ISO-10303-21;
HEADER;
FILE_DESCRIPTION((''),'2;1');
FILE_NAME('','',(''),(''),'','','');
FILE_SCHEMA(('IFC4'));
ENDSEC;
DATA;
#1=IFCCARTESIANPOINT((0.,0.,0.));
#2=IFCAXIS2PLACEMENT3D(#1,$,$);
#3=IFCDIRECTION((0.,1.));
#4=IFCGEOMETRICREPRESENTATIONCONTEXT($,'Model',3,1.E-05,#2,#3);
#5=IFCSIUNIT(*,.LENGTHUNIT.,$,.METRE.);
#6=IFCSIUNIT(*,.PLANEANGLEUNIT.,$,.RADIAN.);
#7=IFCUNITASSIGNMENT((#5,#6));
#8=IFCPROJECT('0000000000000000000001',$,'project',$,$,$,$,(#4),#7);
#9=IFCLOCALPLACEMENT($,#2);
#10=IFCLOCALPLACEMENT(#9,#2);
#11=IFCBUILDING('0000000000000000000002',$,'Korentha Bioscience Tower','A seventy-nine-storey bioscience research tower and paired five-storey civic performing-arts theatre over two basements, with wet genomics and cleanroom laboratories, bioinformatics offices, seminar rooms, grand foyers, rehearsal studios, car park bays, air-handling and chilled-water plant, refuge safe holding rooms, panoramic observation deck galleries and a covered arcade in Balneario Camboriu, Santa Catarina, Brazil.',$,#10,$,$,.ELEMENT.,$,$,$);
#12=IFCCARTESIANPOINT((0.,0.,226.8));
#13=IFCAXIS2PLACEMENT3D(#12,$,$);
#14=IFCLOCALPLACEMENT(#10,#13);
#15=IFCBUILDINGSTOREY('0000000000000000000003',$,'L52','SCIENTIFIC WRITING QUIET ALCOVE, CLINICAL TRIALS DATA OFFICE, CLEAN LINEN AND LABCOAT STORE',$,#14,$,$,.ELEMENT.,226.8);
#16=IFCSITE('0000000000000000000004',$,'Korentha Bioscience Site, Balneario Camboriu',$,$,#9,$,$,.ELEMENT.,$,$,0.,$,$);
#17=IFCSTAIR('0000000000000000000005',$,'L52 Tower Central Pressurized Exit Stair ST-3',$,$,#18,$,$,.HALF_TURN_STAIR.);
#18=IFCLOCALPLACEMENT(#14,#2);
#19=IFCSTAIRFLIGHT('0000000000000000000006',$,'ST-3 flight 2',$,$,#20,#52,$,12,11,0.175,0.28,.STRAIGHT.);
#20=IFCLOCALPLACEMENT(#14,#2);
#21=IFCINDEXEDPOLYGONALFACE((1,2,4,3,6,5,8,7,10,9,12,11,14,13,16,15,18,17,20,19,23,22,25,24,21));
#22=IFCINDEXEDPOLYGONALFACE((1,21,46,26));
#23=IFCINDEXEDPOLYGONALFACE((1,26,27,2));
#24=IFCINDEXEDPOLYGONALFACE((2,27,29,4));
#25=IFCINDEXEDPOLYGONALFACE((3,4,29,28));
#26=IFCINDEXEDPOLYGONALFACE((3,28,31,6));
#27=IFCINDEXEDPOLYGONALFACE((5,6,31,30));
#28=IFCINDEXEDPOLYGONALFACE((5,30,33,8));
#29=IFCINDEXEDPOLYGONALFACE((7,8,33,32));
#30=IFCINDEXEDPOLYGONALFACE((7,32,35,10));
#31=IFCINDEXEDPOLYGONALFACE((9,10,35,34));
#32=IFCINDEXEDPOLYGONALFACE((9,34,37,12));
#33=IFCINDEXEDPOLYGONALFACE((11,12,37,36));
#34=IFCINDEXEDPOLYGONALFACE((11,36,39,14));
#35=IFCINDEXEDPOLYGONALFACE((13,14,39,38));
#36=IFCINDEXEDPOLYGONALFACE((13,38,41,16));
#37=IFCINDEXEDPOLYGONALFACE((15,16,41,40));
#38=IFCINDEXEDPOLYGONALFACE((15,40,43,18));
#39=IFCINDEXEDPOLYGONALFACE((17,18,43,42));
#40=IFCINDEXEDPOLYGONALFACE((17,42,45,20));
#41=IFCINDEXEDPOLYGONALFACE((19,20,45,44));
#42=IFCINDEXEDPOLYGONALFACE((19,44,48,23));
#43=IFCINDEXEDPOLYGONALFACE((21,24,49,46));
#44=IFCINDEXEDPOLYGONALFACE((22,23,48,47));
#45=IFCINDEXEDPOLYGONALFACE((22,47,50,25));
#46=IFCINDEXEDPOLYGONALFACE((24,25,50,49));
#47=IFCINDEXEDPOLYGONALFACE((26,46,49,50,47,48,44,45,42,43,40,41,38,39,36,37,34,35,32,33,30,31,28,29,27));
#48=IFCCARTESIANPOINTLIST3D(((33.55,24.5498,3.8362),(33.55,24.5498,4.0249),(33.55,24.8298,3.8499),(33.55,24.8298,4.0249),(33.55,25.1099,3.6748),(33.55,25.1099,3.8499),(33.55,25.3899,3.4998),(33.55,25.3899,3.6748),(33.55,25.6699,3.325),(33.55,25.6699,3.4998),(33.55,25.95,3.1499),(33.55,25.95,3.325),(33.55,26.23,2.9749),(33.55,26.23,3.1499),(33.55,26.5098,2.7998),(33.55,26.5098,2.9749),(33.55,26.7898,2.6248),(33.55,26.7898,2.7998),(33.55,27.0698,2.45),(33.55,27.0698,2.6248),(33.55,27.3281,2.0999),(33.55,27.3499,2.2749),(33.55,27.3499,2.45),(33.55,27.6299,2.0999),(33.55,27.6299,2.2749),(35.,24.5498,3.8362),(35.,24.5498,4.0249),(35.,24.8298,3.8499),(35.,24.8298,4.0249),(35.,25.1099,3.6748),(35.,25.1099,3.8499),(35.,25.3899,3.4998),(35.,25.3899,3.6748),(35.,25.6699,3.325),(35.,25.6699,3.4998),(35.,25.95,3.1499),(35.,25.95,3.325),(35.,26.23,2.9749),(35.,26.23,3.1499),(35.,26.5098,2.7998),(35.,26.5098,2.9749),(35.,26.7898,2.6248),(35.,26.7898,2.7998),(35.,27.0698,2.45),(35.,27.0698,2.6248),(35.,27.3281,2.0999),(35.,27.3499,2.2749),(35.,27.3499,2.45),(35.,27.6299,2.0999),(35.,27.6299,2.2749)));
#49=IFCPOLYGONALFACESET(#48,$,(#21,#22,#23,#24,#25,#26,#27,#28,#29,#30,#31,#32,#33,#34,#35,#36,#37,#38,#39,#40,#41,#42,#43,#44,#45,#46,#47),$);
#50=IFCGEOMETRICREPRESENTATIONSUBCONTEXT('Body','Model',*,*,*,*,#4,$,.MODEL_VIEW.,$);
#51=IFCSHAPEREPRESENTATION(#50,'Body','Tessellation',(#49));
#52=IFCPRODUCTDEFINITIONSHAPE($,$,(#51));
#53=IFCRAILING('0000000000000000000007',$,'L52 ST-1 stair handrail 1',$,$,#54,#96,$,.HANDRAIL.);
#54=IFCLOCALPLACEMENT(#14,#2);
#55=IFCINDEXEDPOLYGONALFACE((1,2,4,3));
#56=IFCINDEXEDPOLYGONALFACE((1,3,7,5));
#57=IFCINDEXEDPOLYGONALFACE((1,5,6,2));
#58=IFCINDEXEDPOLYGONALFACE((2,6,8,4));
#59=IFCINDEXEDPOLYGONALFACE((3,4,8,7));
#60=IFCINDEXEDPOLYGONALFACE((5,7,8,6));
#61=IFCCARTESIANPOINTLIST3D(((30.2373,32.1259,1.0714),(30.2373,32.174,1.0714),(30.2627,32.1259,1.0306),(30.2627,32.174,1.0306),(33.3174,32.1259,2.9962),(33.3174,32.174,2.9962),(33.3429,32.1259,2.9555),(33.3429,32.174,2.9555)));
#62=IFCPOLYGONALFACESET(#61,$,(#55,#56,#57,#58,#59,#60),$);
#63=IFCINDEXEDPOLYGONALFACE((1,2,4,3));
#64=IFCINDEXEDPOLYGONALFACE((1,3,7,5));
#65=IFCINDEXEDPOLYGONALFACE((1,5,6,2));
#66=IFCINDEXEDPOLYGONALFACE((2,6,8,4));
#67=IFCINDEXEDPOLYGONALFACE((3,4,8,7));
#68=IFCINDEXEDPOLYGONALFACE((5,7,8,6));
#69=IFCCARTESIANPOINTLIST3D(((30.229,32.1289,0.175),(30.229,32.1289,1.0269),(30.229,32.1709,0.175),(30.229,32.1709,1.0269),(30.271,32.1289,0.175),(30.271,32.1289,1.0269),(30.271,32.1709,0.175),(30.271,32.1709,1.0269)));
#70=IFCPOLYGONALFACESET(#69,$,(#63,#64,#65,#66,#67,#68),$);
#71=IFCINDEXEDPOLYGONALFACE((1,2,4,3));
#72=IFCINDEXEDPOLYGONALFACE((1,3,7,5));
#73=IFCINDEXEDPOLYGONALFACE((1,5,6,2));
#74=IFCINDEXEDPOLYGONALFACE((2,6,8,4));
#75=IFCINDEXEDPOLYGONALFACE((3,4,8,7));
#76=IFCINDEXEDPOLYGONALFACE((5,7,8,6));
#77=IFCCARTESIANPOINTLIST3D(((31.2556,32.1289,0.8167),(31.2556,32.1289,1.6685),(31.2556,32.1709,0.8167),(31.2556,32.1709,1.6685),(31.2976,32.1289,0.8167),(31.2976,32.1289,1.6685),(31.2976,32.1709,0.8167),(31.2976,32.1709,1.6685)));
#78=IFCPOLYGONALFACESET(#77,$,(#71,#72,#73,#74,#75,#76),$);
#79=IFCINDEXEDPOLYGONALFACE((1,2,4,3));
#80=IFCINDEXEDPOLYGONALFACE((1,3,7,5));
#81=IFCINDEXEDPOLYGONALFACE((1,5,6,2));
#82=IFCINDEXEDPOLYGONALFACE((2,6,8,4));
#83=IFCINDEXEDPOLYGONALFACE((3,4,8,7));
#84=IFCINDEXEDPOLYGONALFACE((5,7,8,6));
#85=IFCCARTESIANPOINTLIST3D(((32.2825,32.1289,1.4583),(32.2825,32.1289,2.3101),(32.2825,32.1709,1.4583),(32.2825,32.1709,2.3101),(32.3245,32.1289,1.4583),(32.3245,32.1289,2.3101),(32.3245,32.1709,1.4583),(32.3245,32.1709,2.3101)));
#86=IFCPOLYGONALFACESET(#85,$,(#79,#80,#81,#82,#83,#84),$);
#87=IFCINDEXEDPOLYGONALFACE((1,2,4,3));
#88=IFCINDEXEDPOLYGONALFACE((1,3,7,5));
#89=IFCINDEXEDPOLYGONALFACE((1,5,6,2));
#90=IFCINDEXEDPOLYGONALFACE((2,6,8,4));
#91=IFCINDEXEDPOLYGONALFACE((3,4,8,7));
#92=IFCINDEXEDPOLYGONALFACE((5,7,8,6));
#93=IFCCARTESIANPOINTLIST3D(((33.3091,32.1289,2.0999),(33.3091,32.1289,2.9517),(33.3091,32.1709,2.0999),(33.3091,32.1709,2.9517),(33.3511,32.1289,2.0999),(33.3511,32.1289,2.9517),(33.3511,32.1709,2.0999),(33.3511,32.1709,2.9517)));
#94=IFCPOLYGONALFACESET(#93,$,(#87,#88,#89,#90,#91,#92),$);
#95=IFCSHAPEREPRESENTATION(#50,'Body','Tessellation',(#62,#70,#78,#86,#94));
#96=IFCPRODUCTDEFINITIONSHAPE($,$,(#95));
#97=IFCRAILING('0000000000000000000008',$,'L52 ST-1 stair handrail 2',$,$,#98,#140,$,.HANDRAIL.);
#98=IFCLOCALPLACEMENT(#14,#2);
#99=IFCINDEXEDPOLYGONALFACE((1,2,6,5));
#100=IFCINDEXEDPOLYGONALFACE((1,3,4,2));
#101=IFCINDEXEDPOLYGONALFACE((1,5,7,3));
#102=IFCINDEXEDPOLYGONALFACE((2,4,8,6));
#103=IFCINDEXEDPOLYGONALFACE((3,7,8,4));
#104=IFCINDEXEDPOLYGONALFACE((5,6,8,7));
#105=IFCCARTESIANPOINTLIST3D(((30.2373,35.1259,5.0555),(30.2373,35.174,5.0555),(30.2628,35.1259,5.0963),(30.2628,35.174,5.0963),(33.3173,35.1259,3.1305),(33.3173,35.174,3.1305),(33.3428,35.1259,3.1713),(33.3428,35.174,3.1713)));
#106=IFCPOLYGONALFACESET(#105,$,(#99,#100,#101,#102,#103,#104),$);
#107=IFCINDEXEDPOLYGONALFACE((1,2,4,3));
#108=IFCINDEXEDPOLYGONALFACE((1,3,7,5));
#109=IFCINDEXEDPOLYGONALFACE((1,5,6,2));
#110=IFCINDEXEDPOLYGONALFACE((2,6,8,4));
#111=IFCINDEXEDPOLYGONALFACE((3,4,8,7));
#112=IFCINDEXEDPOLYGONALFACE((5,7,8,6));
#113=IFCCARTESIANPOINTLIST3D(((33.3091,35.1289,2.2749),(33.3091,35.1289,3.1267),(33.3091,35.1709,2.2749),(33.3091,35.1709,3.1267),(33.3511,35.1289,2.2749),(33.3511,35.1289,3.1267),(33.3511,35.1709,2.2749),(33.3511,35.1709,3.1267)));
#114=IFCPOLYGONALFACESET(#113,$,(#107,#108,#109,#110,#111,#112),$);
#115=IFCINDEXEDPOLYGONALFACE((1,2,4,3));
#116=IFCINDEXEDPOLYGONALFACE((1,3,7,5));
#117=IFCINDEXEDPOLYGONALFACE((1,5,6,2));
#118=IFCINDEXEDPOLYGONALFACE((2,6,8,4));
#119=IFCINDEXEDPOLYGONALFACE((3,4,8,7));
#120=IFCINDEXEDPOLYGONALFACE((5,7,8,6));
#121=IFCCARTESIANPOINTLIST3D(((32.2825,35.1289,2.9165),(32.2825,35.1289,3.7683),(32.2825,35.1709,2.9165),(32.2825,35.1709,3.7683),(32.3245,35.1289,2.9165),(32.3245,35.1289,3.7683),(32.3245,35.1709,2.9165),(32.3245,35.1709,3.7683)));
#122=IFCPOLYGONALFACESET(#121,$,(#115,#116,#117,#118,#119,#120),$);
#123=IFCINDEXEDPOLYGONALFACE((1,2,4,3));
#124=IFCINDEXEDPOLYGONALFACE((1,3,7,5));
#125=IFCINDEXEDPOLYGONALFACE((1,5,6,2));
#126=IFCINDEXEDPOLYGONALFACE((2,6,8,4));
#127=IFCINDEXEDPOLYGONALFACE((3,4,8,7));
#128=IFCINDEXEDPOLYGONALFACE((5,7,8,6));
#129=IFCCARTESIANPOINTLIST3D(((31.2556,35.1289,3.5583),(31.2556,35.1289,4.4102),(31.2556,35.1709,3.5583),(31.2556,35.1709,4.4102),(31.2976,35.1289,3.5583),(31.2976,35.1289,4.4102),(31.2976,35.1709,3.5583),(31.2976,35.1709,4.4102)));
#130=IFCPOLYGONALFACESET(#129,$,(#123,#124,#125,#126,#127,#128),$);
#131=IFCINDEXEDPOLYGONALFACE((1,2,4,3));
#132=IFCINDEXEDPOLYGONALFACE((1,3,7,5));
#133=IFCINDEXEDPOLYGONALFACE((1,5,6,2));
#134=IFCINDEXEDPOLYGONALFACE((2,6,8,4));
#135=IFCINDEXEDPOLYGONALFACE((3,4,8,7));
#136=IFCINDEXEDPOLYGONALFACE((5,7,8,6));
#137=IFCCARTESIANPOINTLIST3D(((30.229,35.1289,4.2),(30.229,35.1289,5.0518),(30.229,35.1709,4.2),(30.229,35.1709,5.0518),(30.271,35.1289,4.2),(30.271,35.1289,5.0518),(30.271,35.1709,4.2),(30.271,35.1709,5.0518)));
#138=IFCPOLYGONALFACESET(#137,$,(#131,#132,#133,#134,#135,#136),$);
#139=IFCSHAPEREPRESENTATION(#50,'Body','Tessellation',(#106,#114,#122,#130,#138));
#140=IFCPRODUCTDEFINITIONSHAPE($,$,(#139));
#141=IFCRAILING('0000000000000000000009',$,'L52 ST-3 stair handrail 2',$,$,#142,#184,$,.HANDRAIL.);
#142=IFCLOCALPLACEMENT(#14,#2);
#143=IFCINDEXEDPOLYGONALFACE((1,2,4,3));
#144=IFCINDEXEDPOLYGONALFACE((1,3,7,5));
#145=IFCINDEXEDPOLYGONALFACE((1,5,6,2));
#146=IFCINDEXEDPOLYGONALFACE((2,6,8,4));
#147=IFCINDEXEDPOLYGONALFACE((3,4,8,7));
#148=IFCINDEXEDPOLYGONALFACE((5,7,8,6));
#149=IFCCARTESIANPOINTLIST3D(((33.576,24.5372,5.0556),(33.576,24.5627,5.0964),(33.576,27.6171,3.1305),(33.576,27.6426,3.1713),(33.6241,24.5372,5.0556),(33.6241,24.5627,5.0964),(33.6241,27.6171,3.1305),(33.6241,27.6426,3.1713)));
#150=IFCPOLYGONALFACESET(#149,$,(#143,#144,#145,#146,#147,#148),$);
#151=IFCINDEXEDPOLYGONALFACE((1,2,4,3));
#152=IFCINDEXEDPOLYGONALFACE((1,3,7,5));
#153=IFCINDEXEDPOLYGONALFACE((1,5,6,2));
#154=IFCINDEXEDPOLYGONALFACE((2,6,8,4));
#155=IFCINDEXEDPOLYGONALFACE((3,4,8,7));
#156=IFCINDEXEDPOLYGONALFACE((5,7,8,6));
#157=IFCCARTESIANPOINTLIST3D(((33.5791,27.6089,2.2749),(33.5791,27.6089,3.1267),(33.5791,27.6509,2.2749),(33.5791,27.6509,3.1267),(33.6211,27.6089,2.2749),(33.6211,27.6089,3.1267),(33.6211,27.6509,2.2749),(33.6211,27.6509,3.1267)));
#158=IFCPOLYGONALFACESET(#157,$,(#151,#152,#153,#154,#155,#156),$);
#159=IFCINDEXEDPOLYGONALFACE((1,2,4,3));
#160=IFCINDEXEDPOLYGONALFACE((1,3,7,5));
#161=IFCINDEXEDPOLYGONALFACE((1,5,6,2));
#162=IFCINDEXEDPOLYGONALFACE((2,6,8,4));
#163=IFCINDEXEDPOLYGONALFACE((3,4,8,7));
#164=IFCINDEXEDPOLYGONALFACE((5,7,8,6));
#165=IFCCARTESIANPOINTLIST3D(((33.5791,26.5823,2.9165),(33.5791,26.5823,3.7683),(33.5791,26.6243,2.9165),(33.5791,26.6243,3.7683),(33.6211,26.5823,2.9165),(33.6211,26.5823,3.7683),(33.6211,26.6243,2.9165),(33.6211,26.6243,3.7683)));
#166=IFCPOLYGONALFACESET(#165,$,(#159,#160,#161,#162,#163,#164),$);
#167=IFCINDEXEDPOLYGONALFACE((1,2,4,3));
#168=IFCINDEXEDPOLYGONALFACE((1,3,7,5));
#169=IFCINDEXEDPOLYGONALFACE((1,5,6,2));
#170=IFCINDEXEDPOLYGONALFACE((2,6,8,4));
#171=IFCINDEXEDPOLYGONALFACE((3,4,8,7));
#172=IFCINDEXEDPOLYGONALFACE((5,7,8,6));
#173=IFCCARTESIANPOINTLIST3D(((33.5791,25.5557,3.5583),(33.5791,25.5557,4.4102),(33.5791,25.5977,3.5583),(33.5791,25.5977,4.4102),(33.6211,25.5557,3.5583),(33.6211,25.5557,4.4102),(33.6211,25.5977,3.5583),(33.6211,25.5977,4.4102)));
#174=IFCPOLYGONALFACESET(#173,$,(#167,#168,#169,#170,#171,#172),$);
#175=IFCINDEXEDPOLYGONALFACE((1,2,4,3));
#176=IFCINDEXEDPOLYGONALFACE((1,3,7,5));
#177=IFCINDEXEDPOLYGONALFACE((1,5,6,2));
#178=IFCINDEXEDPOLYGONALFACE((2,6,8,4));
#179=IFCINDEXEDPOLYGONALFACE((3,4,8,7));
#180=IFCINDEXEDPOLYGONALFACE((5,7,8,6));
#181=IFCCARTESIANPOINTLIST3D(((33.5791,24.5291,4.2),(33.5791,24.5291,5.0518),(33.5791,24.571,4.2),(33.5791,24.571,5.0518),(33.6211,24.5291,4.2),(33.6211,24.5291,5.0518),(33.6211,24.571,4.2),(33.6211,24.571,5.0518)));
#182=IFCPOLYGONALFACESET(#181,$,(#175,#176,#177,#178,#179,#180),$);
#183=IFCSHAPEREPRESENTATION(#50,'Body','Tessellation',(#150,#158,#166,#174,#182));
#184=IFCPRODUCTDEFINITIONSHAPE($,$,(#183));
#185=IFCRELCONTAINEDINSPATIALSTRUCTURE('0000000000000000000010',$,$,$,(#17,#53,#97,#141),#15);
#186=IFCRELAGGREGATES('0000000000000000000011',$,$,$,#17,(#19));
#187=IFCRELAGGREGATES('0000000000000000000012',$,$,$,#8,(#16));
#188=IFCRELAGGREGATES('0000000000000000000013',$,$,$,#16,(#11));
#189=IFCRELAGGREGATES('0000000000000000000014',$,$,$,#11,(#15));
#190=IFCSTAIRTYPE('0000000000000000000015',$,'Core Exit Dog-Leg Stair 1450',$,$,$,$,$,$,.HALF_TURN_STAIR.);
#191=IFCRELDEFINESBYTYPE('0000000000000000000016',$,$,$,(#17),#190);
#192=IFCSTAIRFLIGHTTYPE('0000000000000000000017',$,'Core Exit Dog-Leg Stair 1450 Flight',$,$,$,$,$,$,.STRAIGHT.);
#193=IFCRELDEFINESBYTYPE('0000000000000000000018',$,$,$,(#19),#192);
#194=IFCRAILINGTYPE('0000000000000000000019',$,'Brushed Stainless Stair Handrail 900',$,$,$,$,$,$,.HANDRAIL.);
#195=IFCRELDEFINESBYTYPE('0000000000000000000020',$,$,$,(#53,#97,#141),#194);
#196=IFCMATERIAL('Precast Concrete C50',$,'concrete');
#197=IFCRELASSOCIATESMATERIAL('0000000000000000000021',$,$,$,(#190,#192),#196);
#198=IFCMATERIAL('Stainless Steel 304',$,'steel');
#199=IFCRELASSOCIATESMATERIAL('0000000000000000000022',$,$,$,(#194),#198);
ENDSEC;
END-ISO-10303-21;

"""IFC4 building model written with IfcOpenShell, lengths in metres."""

from ifc_helpers import new_model, si_unit, direction, frame, origin, origin_2d, place, context, subcontext, project, spatial, polyline, rectangle, outline, extrude, material, type_object, element, aggregate, save


model = new_model("IFC4")

# Units and contexts
model_context = context("Model", 3, precision=1e-05, world=origin(), true_north=direction((0.0, 1.0)))
body_context = subcontext(model_context, "Body", "Model", "MODEL_VIEW")
ifc_project = project(units=[si_unit("LENGTHUNIT", "METRE"), si_unit("PLANEANGLEUNIT", "RADIAN")], contexts=[model_context])

# Site, building, storey
site_placement = place(None, origin())
site = spatial("IfcSite", under=ifc_project, at=site_placement, Name="Korentha Bioscience Site, Balneario Camboriu", CompositionType="ELEMENT", RefElevation=0.0)
building_placement = place(site_placement, origin())
building = spatial("IfcBuilding", under=site, at=building_placement, Name="Korentha Bioscience Tower", Description="A seventy-nine-storey bioscience research tower and paired five-storey civic performing-arts theatre over two basements, with wet genomics and cleanroom laboratories, bioinformatics offices, seminar rooms, grand foyers, rehearsal studios, car park bays, air-handling and chilled-water plant, refuge safe holding rooms, panoramic observation deck galleries and a covered arcade in Balneario Camboriu, Santa Catarina, Brazil.", CompositionType="ELEMENT")
storey_placement = place(building_placement, frame((0.0, 0.0, 226.8)))
storey = spatial("IfcBuildingStorey", under=building, at=storey_placement, Name="L52", Description="SCIENTIFIC WRITING QUIET ALCOVE, CLINICAL TRIALS DATA OFFICE, CLEAN LINEN AND LABCOAT STORE", CompositionType="ELEMENT", Elevation=226.8)

# Shared definitions
ifc_material_1 = material(Name="Precast Concrete C50", Category="concrete")
stair_type = type_object("IfcStairType", Name="Core Exit Dog-Leg Stair 1450", PredefinedType="HALF_TURN_STAIR", material=ifc_material_1)
stair_flight_type = type_object("IfcStairFlightType", Name="Core Exit Dog-Leg Stair 1450 Flight", PredefinedType="STRAIGHT", material=ifc_material_1)

# Stair, stair flight
stair_1_placement = place(storey_placement, origin())
stair_1 = element("IfcStair", 1, at=stair_1_placement, inside=storey, type_object=stair_type, Name="L52 Tower Central Pressurized Exit Stair ST-3", PredefinedType="HALF_TURN_STAIR")
stair_flight_1_placement = place(storey_placement, frame((34.2749, 27.6299, 2.0999), z_axis=(0.0, 0.0, 1.0), x_axis=(0.0, -1.0, 0.0)))
stair_flight_1 = element("IfcStairFlight", 2, at=stair_flight_1_placement, type_object=stair_flight_type, Name="ST-3 flight 2", NumberOfRisers=12, NumberOfTreads=11, PredefinedType="STRAIGHT", RiserHeight=0.175, TreadLength=0.28, context=body_context, shape_type="SweptSolid", body=[
    extrude(outline(polyline([(0.0, 0.0), (0.0, 0.175), (0.28, 0.175), (0.28, 0.3501), (0.5601, 0.3501), (0.5601, 0.5249), (0.8401, 0.5249), (0.8401, 0.7), (1.1201, 0.7), (1.1201, 0.875), (1.3999, 0.875), (1.3999, 1.05), (1.6799, 1.05), (1.6799, 1.2251), (1.96, 1.2251), (1.96, 1.3999), (2.24, 1.3999), (2.24, 1.575), (2.52, 1.575), (2.52, 1.75), (2.8, 1.75), (2.8, 1.925), (3.0801, 1.925), (3.0801, 2.1001), (3.0801, 1.7363), (0.3018, 0.0), (0.0, 0.0)])), frame((0.0, 0.7251, 0.0), z_axis=(0.0, -1.0, 0.0), x_axis=(1.0, 0.0, 0.0)), (0.0, 0.0, 1.0), 1.45),
])
aggregate(stair_1, [stair_flight_1])

# Railings
ifc_material_2 = material(Name="Stainless Steel 304", Category="steel")
railing_type_1 = type_object("IfcRailingType", Name="Brushed Stainless Stair Handrail 900", PredefinedType="HANDRAIL", material=ifc_material_2)
railing_1_placement = place(storey_placement, frame((30.25, 32.1499, 0.175)))
element("IfcRailing", 3, at=railing_1_placement, inside=storey, type_object=railing_type_1, Name="L52 ST-1 stair handrail 1", PredefinedType="HANDRAIL", context=body_context, shape_type="SweptSolid", body=[
    extrude(rectangle(XDim=0.0481, YDim=0.0481, at=origin_2d()), frame((0.0, 0.0, 0.876), z_axis=(0.848029, 0.0, 0.529951), x_axis=(0.0, 1.0, 0.0)), (0.0, 0.0, 1.0), 3.6321),
    extrude(rectangle(XDim=0.042, YDim=0.042, at=origin_2d()), origin(), (0.0, 0.0, 1.0), 0.8518),
    extrude(rectangle(XDim=0.042, YDim=0.042, at=origin_2d()), frame((1.0266, 0.0, 0.6416)), (0.0, 0.0, 1.0), 0.8518),
    extrude(rectangle(XDim=0.042, YDim=0.042, at=origin_2d()), frame((2.0535, 0.0, 1.2832)), (0.0, 0.0, 1.0), 0.8518),
    extrude(rectangle(XDim=0.042, YDim=0.042, at=origin_2d()), frame((3.0801, 0.0, 1.9248)), (0.0, 0.0, 1.0), 0.8518),
])
railing_2_placement = place(storey_placement, frame((33.3301, 35.1499, 2.2749)))
element("IfcRailing", 4, at=railing_2_placement, inside=storey, type_object=railing_type_1, Name="L52 ST-1 stair handrail 2", PredefinedType="HANDRAIL", context=body_context, shape_type="SweptSolid", body=[
    extrude(rectangle(XDim=0.0481, YDim=0.0481, at=origin_2d()), frame((0.0, 0.0, 0.876), z_axis=(-0.847998, 0.0, 0.529999), x_axis=(0.0, -1.0, 0.0)), (0.0, 0.0, 1.0), 3.6321),
    extrude(rectangle(XDim=0.042, YDim=0.042, at=origin_2d()), origin(), (0.0, 0.0, 1.0), 0.8518),
    extrude(rectangle(XDim=0.042, YDim=0.042, at=origin_2d()), frame((-1.0266, 0.0, 0.6416)), (0.0, 0.0, 1.0), 0.8518),
    extrude(rectangle(XDim=0.042, YDim=0.042, at=origin_2d()), frame((-2.0535, 0.0, 1.2834)), (0.0, 0.0, 1.0), 0.8518),
    extrude(rectangle(XDim=0.042, YDim=0.042, at=origin_2d()), frame((-3.0801, 0.0, 1.925)), (0.0, 0.0, 1.0), 0.8518),
])
railing_3_placement = place(storey_placement, frame((33.6001, 27.6299, 2.2749)))
element("IfcRailing", 5, at=railing_3_placement, inside=storey, type_object=railing_type_1, Name="L52 ST-3 stair handrail 2", PredefinedType="HANDRAIL", context=body_context, shape_type="SweptSolid", body=[
    extrude(rectangle(XDim=0.0481, YDim=0.0481, at=origin_2d()), frame((0.0, 0.0, 0.876), z_axis=(0.0, -0.847979, 0.530029), x_axis=(1.0, 0.0, 0.0)), (0.0, 0.0, 1.0), 3.6321),
    extrude(rectangle(XDim=0.042, YDim=0.042, at=origin_2d()), origin(), (0.0, 0.0, 1.0), 0.8518),
    extrude(rectangle(XDim=0.042, YDim=0.042, at=origin_2d()), frame((0.0, -1.0266, 0.6416)), (0.0, 0.0, 1.0), 0.8518),
    extrude(rectangle(XDim=0.042, YDim=0.042, at=origin_2d()), frame((0.0, -2.0532, 1.2834)), (0.0, 0.0, 1.0), 0.8518),
    extrude(rectangle(XDim=0.042, YDim=0.042, at=origin_2d()), frame((0.0, -3.0798, 1.925)), (0.0, 0.0, 1.0), 0.8518),
])

save(model, "model.ifc")
